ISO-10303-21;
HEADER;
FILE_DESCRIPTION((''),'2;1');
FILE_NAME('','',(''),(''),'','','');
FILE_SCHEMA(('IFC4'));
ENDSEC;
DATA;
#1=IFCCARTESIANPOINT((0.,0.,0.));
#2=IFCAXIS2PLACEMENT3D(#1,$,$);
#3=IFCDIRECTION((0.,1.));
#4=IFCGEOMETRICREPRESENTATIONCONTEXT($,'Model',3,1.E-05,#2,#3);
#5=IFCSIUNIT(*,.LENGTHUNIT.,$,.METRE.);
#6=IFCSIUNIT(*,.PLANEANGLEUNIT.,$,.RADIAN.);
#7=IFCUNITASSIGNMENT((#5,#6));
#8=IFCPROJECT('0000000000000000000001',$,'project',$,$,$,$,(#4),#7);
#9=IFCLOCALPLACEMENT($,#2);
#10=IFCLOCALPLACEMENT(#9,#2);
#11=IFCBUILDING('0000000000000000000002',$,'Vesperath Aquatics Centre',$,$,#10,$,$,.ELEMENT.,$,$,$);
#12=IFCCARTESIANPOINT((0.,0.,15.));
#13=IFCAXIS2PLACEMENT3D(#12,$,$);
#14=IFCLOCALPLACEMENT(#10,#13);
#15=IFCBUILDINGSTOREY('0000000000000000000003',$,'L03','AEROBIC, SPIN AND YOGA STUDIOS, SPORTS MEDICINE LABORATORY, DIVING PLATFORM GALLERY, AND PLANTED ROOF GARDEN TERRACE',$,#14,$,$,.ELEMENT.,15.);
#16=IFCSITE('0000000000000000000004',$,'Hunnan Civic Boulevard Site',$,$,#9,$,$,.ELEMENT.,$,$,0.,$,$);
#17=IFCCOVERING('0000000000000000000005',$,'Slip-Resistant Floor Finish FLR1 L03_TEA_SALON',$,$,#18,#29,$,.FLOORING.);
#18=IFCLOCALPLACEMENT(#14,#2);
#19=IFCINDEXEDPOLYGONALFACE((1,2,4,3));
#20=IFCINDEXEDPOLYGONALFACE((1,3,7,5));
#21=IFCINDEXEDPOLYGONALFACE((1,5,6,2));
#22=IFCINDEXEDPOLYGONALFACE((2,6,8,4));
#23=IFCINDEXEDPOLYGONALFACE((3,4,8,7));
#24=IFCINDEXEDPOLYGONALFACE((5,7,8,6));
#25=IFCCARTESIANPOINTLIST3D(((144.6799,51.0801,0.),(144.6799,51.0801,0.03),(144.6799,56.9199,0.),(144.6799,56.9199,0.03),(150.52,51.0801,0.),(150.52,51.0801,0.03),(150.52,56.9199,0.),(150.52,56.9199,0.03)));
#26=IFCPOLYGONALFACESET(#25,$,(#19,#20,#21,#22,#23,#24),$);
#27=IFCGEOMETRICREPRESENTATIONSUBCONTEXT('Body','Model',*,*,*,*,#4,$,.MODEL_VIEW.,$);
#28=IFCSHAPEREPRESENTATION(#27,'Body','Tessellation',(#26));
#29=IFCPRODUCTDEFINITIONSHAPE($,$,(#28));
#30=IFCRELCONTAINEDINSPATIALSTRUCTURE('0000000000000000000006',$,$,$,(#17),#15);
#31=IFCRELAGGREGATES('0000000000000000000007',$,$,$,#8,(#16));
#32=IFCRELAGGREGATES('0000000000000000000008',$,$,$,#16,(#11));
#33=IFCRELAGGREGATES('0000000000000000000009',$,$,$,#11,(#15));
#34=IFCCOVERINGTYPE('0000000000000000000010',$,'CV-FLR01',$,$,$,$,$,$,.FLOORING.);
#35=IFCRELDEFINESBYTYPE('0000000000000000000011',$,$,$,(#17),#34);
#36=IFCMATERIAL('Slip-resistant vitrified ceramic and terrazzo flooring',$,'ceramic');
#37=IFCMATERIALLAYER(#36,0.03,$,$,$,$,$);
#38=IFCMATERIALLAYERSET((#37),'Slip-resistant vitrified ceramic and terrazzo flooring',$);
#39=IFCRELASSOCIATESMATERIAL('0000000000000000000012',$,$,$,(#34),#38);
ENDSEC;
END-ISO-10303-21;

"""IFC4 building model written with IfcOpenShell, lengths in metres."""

from ifc_helpers import new_model, si_unit, direction, frame, origin, place, context, subcontext, project, spatial, polyline, outline, extrude, material, layer, layer_set, type_object, element, save


model = new_model("IFC4")

# Units and contexts
model_context = context("Model", 3, precision=1e-05, world=origin(), true_north=direction((0.0, 1.0)))
body_context = subcontext(model_context, "Body", "Model", "MODEL_VIEW")
ifc_project = project(units=[si_unit("LENGTHUNIT", "METRE"), si_unit("PLANEANGLEUNIT", "RADIAN")], contexts=[model_context])

# Site, building, storey
site_placement = place(None, origin())
site = spatial("IfcSite", under=ifc_project, at=site_placement, Name="Hunnan Civic Boulevard Site", CompositionType="ELEMENT", RefElevation=0.0)
building_placement = place(site_placement, origin())
building = spatial("IfcBuilding", under=site, at=building_placement, Name="Vesperath Aquatics Centre", CompositionType="ELEMENT")
storey_placement = place(building_placement, frame((0.0, 0.0, 15.0)))
storey = spatial("IfcBuildingStorey", under=building, at=storey_placement, Name="L03", Description="AEROBIC, SPIN AND YOGA STUDIOS, SPORTS MEDICINE LABORATORY, DIVING PLATFORM GALLERY, AND PLANTED ROOF GARDEN TERRACE", CompositionType="ELEMENT", Elevation=15.0)

# Covering
ifc_material_1 = material(Name="Slip-resistant vitrified ceramic and terrazzo flooring", Category="ceramic")
ifc_layer_1 = layer(ifc_material_1, 0.03)
ifc_layer_set_1 = layer_set([ifc_layer_1], Name="Slip-resistant vitrified ceramic and terrazzo flooring")
covering_type = type_object("IfcCoveringType", Name="CV-FLR01", PredefinedType="FLOORING", material=ifc_layer_set_1)
covering_placement = place(storey_placement, origin())
element("IfcCovering", 1, at=covering_placement, inside=storey, type_object=covering_type, Name="Slip-Resistant Floor Finish FLR1 L03_TEA_SALON", PredefinedType="FLOORING", context=body_context, shape_type="SweptSolid", body=[
    extrude(outline(polyline([(144.6799, 51.0801), (150.52, 51.0801), (150.52, 56.9199), (144.6799, 56.9199), (144.6799, 51.0801)])), origin(), (0.0, 0.0, 1.0), 0.03),
])

save(model, "model.ifc")
